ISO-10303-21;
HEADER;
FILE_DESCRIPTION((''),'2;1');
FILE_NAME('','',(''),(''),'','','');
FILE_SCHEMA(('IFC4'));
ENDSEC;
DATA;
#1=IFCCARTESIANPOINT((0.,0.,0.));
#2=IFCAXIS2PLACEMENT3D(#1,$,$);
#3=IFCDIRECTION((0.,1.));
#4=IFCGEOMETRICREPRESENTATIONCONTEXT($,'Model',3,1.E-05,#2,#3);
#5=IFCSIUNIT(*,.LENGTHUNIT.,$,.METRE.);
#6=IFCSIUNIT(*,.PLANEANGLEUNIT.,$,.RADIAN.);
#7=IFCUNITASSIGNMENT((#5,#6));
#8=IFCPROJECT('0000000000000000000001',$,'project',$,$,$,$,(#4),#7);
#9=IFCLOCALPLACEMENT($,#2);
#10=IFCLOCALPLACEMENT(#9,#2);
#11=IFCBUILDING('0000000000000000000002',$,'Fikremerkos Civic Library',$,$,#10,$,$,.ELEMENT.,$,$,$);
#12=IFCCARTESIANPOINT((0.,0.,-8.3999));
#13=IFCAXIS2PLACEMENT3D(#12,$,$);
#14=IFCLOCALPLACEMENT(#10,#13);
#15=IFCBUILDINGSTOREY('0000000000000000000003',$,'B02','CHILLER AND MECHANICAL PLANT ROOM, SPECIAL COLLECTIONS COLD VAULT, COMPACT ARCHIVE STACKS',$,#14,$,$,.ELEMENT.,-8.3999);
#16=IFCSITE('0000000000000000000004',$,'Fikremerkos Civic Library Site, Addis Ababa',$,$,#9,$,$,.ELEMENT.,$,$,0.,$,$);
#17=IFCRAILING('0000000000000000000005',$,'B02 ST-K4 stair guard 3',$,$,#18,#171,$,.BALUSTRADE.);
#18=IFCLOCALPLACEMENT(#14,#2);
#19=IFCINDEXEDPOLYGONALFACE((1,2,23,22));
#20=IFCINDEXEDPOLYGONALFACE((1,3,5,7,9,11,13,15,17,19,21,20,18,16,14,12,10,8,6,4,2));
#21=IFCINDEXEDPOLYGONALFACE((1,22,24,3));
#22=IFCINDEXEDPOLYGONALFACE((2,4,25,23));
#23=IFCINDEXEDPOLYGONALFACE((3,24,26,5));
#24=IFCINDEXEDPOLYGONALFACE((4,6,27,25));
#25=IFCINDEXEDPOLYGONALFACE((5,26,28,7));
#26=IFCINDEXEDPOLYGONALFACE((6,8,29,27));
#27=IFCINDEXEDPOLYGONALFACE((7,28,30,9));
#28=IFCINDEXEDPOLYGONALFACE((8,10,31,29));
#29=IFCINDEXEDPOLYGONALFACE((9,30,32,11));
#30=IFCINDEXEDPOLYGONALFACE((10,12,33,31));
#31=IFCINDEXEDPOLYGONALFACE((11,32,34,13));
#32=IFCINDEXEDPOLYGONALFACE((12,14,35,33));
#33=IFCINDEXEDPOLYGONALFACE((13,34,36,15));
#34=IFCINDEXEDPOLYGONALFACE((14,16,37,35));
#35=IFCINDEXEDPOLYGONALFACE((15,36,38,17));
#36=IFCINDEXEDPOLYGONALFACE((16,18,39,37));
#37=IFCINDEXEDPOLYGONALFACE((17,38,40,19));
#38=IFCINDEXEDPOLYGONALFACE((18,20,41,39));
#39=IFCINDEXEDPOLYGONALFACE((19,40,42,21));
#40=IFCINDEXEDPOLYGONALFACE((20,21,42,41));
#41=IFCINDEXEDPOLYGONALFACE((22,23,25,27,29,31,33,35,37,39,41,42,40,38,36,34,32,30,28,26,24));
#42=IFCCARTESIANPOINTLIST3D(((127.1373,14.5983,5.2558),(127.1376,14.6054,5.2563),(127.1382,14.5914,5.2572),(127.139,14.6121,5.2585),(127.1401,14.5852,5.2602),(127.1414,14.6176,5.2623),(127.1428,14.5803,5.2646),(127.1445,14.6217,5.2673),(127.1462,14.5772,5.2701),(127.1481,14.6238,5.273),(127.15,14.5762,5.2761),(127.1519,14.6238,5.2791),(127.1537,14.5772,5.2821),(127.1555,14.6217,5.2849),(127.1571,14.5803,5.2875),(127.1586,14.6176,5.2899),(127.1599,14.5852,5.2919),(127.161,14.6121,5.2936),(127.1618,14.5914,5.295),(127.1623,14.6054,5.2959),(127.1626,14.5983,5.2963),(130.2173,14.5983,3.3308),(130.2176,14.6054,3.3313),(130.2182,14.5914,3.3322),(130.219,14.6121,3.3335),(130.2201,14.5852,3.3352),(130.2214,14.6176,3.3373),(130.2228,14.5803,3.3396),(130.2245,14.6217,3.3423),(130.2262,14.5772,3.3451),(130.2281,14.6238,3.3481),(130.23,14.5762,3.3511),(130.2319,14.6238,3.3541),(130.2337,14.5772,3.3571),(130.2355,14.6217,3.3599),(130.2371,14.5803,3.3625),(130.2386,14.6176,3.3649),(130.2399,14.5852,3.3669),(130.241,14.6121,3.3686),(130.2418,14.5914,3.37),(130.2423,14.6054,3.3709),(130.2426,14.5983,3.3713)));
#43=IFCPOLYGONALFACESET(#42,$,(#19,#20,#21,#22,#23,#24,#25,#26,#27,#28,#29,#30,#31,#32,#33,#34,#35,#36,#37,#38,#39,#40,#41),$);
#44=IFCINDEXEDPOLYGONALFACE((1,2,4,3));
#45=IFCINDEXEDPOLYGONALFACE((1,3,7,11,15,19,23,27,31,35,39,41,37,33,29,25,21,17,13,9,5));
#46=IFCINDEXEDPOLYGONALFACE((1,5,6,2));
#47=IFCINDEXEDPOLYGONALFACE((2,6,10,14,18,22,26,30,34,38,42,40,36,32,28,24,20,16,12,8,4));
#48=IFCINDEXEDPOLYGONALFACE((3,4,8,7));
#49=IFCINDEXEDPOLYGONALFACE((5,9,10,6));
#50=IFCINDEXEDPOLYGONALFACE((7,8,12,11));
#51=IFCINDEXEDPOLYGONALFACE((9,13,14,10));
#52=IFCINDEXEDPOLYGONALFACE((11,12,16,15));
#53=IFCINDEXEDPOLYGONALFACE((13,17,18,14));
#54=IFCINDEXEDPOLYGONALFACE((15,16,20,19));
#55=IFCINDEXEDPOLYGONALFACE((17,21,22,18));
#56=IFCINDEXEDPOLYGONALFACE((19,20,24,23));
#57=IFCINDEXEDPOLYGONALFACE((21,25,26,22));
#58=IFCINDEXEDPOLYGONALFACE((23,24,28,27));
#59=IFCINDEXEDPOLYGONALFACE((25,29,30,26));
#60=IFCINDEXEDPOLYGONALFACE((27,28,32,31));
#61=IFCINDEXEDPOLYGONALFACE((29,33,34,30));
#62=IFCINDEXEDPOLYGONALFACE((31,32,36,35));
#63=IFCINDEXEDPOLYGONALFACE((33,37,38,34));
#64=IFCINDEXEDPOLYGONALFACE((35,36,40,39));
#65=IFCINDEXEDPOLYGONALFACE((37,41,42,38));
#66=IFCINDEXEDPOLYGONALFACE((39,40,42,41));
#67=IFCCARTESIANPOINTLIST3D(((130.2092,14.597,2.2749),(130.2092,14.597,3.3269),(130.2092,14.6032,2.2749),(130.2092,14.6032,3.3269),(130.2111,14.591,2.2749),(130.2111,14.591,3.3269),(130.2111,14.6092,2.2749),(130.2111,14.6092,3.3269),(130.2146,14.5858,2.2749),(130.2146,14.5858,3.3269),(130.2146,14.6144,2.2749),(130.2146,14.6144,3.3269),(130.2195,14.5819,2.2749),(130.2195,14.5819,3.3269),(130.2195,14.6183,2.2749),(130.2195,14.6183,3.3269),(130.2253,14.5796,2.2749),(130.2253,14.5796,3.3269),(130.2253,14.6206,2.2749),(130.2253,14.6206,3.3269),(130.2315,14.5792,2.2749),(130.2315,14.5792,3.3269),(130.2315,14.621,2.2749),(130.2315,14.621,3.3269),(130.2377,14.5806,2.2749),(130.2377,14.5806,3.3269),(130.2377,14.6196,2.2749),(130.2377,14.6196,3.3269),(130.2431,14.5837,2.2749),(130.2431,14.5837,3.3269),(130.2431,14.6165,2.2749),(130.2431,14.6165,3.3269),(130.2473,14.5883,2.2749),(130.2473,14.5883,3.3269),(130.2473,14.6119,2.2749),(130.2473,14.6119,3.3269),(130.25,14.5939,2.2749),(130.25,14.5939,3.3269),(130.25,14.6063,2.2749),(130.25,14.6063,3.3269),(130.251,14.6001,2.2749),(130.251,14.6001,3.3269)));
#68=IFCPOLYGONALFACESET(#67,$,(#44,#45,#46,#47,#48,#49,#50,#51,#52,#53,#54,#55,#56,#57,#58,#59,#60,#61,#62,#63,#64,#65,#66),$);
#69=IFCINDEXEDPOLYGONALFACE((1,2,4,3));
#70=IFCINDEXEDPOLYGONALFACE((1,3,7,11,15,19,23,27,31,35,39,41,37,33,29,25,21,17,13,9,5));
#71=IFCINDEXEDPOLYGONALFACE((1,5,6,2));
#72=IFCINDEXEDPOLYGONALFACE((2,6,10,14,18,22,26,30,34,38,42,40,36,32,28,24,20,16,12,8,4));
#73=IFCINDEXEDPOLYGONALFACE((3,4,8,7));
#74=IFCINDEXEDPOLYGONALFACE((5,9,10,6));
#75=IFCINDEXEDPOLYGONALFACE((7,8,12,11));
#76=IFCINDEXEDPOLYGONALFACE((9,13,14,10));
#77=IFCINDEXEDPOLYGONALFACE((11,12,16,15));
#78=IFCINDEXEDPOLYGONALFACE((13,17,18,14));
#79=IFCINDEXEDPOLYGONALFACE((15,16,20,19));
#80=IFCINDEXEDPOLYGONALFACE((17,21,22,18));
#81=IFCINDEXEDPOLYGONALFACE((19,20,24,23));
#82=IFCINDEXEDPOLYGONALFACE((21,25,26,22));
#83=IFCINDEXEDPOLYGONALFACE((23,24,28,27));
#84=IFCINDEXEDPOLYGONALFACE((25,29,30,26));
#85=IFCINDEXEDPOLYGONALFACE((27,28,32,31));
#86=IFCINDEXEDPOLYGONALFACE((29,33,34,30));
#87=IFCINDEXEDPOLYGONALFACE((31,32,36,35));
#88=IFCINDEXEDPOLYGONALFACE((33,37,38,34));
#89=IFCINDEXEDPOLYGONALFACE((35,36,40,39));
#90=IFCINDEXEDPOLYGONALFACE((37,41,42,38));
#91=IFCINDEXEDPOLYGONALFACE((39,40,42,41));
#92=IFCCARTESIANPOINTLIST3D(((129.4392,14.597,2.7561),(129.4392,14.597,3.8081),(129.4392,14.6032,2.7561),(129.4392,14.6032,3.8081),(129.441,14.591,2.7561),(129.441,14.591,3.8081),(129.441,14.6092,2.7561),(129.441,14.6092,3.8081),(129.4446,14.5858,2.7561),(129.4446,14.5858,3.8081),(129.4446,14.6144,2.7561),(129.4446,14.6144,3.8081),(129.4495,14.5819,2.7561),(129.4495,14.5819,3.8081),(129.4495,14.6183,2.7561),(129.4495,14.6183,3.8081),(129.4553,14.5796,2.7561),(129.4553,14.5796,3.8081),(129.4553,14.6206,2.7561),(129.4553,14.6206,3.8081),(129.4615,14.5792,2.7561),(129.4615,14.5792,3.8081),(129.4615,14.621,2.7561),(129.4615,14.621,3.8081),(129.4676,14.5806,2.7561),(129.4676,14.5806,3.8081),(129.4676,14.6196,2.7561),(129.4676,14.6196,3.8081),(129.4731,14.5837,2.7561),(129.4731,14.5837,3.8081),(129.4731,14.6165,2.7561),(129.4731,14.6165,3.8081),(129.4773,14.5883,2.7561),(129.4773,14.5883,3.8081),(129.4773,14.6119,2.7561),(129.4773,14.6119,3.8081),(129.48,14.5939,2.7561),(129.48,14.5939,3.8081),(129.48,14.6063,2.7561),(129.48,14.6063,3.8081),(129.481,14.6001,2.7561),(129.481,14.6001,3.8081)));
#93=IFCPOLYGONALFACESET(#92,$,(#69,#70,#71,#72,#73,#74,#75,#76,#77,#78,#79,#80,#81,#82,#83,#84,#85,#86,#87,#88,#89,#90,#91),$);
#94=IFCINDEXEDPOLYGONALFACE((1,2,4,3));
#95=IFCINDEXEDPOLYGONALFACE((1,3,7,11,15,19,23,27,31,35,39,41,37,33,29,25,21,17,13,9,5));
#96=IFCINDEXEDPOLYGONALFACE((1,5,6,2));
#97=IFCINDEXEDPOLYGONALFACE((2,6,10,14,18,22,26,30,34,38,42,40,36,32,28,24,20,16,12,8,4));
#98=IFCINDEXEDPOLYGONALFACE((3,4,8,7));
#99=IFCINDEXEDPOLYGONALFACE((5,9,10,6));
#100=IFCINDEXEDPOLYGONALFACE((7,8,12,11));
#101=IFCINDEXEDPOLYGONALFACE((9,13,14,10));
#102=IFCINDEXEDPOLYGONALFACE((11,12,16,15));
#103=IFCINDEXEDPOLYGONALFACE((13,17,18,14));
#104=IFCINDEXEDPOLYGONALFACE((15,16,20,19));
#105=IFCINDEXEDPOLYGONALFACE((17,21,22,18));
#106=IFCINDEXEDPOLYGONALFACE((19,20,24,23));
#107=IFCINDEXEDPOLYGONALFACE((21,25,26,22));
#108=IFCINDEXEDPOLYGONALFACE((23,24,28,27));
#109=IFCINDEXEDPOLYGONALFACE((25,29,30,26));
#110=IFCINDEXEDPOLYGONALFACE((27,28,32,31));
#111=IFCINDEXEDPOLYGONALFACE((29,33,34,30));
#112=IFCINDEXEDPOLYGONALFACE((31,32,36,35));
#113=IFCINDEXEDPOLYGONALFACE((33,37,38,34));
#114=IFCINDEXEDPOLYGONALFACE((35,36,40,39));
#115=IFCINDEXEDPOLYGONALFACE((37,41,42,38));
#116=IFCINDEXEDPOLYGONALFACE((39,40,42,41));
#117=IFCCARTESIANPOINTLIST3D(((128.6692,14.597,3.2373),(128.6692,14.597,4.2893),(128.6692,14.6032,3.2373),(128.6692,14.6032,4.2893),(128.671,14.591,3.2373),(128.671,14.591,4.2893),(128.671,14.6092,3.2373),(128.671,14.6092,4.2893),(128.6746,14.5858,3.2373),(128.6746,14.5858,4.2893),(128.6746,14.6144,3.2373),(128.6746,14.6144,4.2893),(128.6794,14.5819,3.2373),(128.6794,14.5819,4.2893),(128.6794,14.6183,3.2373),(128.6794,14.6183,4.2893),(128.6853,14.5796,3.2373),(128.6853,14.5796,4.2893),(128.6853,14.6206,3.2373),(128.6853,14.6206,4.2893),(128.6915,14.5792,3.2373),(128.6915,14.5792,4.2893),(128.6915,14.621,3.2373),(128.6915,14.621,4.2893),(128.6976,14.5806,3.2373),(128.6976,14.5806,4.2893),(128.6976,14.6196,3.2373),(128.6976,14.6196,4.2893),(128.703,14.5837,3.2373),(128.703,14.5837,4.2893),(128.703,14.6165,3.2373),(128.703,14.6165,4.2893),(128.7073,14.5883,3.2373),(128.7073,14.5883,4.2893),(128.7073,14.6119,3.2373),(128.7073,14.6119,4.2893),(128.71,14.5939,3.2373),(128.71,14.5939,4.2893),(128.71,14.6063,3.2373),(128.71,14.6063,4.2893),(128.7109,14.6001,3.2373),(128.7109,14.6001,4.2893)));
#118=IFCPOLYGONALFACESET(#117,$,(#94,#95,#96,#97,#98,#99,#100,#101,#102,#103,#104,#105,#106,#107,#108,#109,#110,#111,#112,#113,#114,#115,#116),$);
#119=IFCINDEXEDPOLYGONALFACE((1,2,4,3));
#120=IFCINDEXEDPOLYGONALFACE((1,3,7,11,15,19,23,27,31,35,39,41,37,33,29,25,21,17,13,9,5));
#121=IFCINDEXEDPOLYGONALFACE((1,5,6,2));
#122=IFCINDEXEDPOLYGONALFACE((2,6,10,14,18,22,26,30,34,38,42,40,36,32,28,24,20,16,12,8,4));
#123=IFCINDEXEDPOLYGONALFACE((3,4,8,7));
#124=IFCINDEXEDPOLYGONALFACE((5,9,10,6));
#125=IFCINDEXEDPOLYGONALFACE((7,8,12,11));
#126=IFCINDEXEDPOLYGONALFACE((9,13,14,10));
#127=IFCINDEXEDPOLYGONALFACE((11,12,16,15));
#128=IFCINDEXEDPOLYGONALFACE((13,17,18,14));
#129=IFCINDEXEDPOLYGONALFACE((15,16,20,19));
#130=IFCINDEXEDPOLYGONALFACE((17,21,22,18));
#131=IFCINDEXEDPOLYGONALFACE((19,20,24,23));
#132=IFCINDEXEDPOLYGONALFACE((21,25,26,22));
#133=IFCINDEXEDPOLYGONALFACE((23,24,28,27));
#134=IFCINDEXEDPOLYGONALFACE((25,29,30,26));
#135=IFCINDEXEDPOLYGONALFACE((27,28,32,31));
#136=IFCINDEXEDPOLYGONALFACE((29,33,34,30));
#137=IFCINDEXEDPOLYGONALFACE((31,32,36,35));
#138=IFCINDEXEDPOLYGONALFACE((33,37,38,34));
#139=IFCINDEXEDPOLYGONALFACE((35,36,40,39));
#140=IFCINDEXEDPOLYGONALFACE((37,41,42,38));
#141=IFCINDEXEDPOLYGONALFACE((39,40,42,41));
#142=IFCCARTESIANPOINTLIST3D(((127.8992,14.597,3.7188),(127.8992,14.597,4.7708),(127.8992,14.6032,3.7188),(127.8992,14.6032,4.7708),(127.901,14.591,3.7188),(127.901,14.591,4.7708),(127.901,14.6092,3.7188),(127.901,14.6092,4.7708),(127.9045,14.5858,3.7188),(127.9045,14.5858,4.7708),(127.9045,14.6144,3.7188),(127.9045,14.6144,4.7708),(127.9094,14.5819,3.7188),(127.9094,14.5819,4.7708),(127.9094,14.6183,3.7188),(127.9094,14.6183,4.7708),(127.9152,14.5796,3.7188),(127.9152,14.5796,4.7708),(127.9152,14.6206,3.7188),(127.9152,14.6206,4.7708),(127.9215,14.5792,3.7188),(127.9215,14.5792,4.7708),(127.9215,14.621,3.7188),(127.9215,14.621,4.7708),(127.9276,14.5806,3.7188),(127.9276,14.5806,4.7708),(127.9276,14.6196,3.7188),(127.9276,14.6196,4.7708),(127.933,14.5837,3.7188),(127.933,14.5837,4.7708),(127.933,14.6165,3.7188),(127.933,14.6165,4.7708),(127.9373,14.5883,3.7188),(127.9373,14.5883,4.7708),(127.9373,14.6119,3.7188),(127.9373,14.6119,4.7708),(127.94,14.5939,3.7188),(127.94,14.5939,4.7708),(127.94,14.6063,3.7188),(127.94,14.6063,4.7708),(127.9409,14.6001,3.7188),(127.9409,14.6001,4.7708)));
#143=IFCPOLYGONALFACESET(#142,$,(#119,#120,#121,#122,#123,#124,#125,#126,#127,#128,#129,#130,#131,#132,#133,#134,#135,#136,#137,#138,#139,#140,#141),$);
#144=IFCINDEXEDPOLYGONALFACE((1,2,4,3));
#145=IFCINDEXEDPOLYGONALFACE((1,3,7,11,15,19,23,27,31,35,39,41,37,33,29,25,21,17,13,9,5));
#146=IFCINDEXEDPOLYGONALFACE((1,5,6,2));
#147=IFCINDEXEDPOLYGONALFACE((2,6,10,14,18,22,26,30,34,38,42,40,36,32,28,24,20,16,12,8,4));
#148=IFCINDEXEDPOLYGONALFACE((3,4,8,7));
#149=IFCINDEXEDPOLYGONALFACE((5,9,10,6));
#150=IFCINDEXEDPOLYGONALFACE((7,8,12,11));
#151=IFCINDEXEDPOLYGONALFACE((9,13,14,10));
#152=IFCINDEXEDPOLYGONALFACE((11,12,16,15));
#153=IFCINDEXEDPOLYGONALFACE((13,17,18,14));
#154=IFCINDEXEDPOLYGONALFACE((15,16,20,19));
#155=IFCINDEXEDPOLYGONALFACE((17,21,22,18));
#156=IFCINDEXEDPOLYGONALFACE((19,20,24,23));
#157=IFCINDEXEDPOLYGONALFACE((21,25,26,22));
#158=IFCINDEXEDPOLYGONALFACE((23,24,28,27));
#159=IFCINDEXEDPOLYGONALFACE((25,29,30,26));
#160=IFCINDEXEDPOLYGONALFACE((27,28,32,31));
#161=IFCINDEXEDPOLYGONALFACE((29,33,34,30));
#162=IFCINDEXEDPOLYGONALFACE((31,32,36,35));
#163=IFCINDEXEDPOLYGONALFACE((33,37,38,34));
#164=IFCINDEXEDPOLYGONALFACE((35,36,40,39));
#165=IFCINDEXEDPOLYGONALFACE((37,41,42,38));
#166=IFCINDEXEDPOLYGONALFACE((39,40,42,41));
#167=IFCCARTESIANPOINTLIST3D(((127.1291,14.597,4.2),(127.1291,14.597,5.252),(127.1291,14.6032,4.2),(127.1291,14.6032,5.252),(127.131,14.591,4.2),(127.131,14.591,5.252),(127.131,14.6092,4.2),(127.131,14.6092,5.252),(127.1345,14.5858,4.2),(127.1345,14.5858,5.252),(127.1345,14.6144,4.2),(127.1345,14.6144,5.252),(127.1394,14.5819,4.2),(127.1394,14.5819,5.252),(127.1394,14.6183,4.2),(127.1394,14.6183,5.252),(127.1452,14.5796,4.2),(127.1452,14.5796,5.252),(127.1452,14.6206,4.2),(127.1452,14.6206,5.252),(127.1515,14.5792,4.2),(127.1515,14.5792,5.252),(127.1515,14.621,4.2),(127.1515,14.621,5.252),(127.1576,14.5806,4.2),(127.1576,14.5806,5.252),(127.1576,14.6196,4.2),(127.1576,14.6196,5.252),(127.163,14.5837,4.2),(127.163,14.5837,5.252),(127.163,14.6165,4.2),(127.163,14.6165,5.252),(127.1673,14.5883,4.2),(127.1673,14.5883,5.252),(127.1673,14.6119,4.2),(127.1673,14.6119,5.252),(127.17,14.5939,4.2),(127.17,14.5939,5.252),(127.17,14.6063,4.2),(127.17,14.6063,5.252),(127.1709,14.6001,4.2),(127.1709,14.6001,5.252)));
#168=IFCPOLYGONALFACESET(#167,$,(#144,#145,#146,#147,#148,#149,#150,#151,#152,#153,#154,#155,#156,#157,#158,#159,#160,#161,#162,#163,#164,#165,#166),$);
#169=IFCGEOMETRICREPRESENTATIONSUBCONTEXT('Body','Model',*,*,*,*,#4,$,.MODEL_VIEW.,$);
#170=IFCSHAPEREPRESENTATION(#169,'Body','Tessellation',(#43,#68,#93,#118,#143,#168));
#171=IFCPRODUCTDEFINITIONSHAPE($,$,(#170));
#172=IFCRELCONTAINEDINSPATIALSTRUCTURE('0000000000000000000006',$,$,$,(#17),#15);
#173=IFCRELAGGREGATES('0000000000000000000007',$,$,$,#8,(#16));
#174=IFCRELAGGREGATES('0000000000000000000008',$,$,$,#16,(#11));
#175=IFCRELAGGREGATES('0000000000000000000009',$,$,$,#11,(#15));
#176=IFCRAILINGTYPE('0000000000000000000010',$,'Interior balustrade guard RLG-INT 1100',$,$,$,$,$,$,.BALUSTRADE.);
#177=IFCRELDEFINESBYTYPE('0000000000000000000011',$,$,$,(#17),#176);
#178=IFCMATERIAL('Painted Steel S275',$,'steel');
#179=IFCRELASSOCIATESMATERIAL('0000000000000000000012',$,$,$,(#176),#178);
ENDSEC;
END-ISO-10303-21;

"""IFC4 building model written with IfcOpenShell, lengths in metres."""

from ifc_helpers import new_model, si_unit, direction, frame, origin, origin_2d, place, context, subcontext, project, spatial, circle, extrude, material, type_object, element, save


model = new_model("IFC4")

# Units and contexts
model_context = context("Model", 3, precision=1e-05, world=origin(), true_north=direction((0.0, 1.0)))
body_context = subcontext(model_context, "Body", "Model", "MODEL_VIEW")
ifc_project = project(units=[si_unit("LENGTHUNIT", "METRE"), si_unit("PLANEANGLEUNIT", "RADIAN")], contexts=[model_context])

# Site, building, storey
site_placement = place(None, origin())
site = spatial("IfcSite", under=ifc_project, at=site_placement, Name="Fikremerkos Civic Library Site, Addis Ababa", CompositionType="ELEMENT", RefElevation=0.0)
building_placement = place(site_placement, origin())
building = spatial("IfcBuilding", under=site, at=building_placement, Name="Fikremerkos Civic Library", CompositionType="ELEMENT")
storey_placement = place(building_placement, frame((0.0, 0.0, -8.3999)))
storey = spatial("IfcBuildingStorey", under=building, at=storey_placement, Name="B02", Description="CHILLER AND MECHANICAL PLANT ROOM, SPECIAL COLLECTIONS COLD VAULT, COMPACT ARCHIVE STACKS", CompositionType="ELEMENT", Elevation=-8.3999)

# Railing
ifc_material_1 = material(Name="Painted Steel S275", Category="steel")
railing_type_1 = type_object("IfcRailingType", Name="Interior balustrade guard RLG-INT 1100", PredefinedType="BALUSTRADE", material=ifc_material_1)
railing_1_placement = place(storey_placement, frame((130.23, 14.6001, 2.2749)))
element("IfcRailing", 1, at=railing_1_placement, inside=storey, type_object=railing_type_1, Name="B02 ST-K4 stair guard 3", PredefinedType="BALUSTRADE", context=body_context, shape_type="SweptSolid", body=[
    extrude(circle(Radius=0.0239, at=origin_2d()), frame((0.0, 0.0, 1.0762), z_axis=(-0.847998, 0.0, 0.529999), x_axis=(0.0, -1.0, 0.0)), (0.0, 0.0, 1.0), 3.6321),
    extrude(circle(Radius=0.021, at=origin_2d()), origin(), (0.0, 0.0, 1.0), 1.052),
    extrude(circle(Radius=0.021, at=origin_2d()), frame((-0.77, 0.0, 0.4812)), (0.0, 0.0, 1.0), 1.052),
    extrude(circle(Radius=0.021, at=origin_2d()), frame((-1.54, 0.0, 0.9624)), (0.0, 0.0, 1.0), 1.052),
    extrude(circle(Radius=0.021, at=origin_2d()), frame((-2.3101, 0.0, 1.4438)), (0.0, 0.0, 1.0), 1.052),
    extrude(circle(Radius=0.021, at=origin_2d()), frame((-3.0801, 0.0, 1.925)), (0.0, 0.0, 1.0), 1.052),
])

save(model, "model.ifc")
